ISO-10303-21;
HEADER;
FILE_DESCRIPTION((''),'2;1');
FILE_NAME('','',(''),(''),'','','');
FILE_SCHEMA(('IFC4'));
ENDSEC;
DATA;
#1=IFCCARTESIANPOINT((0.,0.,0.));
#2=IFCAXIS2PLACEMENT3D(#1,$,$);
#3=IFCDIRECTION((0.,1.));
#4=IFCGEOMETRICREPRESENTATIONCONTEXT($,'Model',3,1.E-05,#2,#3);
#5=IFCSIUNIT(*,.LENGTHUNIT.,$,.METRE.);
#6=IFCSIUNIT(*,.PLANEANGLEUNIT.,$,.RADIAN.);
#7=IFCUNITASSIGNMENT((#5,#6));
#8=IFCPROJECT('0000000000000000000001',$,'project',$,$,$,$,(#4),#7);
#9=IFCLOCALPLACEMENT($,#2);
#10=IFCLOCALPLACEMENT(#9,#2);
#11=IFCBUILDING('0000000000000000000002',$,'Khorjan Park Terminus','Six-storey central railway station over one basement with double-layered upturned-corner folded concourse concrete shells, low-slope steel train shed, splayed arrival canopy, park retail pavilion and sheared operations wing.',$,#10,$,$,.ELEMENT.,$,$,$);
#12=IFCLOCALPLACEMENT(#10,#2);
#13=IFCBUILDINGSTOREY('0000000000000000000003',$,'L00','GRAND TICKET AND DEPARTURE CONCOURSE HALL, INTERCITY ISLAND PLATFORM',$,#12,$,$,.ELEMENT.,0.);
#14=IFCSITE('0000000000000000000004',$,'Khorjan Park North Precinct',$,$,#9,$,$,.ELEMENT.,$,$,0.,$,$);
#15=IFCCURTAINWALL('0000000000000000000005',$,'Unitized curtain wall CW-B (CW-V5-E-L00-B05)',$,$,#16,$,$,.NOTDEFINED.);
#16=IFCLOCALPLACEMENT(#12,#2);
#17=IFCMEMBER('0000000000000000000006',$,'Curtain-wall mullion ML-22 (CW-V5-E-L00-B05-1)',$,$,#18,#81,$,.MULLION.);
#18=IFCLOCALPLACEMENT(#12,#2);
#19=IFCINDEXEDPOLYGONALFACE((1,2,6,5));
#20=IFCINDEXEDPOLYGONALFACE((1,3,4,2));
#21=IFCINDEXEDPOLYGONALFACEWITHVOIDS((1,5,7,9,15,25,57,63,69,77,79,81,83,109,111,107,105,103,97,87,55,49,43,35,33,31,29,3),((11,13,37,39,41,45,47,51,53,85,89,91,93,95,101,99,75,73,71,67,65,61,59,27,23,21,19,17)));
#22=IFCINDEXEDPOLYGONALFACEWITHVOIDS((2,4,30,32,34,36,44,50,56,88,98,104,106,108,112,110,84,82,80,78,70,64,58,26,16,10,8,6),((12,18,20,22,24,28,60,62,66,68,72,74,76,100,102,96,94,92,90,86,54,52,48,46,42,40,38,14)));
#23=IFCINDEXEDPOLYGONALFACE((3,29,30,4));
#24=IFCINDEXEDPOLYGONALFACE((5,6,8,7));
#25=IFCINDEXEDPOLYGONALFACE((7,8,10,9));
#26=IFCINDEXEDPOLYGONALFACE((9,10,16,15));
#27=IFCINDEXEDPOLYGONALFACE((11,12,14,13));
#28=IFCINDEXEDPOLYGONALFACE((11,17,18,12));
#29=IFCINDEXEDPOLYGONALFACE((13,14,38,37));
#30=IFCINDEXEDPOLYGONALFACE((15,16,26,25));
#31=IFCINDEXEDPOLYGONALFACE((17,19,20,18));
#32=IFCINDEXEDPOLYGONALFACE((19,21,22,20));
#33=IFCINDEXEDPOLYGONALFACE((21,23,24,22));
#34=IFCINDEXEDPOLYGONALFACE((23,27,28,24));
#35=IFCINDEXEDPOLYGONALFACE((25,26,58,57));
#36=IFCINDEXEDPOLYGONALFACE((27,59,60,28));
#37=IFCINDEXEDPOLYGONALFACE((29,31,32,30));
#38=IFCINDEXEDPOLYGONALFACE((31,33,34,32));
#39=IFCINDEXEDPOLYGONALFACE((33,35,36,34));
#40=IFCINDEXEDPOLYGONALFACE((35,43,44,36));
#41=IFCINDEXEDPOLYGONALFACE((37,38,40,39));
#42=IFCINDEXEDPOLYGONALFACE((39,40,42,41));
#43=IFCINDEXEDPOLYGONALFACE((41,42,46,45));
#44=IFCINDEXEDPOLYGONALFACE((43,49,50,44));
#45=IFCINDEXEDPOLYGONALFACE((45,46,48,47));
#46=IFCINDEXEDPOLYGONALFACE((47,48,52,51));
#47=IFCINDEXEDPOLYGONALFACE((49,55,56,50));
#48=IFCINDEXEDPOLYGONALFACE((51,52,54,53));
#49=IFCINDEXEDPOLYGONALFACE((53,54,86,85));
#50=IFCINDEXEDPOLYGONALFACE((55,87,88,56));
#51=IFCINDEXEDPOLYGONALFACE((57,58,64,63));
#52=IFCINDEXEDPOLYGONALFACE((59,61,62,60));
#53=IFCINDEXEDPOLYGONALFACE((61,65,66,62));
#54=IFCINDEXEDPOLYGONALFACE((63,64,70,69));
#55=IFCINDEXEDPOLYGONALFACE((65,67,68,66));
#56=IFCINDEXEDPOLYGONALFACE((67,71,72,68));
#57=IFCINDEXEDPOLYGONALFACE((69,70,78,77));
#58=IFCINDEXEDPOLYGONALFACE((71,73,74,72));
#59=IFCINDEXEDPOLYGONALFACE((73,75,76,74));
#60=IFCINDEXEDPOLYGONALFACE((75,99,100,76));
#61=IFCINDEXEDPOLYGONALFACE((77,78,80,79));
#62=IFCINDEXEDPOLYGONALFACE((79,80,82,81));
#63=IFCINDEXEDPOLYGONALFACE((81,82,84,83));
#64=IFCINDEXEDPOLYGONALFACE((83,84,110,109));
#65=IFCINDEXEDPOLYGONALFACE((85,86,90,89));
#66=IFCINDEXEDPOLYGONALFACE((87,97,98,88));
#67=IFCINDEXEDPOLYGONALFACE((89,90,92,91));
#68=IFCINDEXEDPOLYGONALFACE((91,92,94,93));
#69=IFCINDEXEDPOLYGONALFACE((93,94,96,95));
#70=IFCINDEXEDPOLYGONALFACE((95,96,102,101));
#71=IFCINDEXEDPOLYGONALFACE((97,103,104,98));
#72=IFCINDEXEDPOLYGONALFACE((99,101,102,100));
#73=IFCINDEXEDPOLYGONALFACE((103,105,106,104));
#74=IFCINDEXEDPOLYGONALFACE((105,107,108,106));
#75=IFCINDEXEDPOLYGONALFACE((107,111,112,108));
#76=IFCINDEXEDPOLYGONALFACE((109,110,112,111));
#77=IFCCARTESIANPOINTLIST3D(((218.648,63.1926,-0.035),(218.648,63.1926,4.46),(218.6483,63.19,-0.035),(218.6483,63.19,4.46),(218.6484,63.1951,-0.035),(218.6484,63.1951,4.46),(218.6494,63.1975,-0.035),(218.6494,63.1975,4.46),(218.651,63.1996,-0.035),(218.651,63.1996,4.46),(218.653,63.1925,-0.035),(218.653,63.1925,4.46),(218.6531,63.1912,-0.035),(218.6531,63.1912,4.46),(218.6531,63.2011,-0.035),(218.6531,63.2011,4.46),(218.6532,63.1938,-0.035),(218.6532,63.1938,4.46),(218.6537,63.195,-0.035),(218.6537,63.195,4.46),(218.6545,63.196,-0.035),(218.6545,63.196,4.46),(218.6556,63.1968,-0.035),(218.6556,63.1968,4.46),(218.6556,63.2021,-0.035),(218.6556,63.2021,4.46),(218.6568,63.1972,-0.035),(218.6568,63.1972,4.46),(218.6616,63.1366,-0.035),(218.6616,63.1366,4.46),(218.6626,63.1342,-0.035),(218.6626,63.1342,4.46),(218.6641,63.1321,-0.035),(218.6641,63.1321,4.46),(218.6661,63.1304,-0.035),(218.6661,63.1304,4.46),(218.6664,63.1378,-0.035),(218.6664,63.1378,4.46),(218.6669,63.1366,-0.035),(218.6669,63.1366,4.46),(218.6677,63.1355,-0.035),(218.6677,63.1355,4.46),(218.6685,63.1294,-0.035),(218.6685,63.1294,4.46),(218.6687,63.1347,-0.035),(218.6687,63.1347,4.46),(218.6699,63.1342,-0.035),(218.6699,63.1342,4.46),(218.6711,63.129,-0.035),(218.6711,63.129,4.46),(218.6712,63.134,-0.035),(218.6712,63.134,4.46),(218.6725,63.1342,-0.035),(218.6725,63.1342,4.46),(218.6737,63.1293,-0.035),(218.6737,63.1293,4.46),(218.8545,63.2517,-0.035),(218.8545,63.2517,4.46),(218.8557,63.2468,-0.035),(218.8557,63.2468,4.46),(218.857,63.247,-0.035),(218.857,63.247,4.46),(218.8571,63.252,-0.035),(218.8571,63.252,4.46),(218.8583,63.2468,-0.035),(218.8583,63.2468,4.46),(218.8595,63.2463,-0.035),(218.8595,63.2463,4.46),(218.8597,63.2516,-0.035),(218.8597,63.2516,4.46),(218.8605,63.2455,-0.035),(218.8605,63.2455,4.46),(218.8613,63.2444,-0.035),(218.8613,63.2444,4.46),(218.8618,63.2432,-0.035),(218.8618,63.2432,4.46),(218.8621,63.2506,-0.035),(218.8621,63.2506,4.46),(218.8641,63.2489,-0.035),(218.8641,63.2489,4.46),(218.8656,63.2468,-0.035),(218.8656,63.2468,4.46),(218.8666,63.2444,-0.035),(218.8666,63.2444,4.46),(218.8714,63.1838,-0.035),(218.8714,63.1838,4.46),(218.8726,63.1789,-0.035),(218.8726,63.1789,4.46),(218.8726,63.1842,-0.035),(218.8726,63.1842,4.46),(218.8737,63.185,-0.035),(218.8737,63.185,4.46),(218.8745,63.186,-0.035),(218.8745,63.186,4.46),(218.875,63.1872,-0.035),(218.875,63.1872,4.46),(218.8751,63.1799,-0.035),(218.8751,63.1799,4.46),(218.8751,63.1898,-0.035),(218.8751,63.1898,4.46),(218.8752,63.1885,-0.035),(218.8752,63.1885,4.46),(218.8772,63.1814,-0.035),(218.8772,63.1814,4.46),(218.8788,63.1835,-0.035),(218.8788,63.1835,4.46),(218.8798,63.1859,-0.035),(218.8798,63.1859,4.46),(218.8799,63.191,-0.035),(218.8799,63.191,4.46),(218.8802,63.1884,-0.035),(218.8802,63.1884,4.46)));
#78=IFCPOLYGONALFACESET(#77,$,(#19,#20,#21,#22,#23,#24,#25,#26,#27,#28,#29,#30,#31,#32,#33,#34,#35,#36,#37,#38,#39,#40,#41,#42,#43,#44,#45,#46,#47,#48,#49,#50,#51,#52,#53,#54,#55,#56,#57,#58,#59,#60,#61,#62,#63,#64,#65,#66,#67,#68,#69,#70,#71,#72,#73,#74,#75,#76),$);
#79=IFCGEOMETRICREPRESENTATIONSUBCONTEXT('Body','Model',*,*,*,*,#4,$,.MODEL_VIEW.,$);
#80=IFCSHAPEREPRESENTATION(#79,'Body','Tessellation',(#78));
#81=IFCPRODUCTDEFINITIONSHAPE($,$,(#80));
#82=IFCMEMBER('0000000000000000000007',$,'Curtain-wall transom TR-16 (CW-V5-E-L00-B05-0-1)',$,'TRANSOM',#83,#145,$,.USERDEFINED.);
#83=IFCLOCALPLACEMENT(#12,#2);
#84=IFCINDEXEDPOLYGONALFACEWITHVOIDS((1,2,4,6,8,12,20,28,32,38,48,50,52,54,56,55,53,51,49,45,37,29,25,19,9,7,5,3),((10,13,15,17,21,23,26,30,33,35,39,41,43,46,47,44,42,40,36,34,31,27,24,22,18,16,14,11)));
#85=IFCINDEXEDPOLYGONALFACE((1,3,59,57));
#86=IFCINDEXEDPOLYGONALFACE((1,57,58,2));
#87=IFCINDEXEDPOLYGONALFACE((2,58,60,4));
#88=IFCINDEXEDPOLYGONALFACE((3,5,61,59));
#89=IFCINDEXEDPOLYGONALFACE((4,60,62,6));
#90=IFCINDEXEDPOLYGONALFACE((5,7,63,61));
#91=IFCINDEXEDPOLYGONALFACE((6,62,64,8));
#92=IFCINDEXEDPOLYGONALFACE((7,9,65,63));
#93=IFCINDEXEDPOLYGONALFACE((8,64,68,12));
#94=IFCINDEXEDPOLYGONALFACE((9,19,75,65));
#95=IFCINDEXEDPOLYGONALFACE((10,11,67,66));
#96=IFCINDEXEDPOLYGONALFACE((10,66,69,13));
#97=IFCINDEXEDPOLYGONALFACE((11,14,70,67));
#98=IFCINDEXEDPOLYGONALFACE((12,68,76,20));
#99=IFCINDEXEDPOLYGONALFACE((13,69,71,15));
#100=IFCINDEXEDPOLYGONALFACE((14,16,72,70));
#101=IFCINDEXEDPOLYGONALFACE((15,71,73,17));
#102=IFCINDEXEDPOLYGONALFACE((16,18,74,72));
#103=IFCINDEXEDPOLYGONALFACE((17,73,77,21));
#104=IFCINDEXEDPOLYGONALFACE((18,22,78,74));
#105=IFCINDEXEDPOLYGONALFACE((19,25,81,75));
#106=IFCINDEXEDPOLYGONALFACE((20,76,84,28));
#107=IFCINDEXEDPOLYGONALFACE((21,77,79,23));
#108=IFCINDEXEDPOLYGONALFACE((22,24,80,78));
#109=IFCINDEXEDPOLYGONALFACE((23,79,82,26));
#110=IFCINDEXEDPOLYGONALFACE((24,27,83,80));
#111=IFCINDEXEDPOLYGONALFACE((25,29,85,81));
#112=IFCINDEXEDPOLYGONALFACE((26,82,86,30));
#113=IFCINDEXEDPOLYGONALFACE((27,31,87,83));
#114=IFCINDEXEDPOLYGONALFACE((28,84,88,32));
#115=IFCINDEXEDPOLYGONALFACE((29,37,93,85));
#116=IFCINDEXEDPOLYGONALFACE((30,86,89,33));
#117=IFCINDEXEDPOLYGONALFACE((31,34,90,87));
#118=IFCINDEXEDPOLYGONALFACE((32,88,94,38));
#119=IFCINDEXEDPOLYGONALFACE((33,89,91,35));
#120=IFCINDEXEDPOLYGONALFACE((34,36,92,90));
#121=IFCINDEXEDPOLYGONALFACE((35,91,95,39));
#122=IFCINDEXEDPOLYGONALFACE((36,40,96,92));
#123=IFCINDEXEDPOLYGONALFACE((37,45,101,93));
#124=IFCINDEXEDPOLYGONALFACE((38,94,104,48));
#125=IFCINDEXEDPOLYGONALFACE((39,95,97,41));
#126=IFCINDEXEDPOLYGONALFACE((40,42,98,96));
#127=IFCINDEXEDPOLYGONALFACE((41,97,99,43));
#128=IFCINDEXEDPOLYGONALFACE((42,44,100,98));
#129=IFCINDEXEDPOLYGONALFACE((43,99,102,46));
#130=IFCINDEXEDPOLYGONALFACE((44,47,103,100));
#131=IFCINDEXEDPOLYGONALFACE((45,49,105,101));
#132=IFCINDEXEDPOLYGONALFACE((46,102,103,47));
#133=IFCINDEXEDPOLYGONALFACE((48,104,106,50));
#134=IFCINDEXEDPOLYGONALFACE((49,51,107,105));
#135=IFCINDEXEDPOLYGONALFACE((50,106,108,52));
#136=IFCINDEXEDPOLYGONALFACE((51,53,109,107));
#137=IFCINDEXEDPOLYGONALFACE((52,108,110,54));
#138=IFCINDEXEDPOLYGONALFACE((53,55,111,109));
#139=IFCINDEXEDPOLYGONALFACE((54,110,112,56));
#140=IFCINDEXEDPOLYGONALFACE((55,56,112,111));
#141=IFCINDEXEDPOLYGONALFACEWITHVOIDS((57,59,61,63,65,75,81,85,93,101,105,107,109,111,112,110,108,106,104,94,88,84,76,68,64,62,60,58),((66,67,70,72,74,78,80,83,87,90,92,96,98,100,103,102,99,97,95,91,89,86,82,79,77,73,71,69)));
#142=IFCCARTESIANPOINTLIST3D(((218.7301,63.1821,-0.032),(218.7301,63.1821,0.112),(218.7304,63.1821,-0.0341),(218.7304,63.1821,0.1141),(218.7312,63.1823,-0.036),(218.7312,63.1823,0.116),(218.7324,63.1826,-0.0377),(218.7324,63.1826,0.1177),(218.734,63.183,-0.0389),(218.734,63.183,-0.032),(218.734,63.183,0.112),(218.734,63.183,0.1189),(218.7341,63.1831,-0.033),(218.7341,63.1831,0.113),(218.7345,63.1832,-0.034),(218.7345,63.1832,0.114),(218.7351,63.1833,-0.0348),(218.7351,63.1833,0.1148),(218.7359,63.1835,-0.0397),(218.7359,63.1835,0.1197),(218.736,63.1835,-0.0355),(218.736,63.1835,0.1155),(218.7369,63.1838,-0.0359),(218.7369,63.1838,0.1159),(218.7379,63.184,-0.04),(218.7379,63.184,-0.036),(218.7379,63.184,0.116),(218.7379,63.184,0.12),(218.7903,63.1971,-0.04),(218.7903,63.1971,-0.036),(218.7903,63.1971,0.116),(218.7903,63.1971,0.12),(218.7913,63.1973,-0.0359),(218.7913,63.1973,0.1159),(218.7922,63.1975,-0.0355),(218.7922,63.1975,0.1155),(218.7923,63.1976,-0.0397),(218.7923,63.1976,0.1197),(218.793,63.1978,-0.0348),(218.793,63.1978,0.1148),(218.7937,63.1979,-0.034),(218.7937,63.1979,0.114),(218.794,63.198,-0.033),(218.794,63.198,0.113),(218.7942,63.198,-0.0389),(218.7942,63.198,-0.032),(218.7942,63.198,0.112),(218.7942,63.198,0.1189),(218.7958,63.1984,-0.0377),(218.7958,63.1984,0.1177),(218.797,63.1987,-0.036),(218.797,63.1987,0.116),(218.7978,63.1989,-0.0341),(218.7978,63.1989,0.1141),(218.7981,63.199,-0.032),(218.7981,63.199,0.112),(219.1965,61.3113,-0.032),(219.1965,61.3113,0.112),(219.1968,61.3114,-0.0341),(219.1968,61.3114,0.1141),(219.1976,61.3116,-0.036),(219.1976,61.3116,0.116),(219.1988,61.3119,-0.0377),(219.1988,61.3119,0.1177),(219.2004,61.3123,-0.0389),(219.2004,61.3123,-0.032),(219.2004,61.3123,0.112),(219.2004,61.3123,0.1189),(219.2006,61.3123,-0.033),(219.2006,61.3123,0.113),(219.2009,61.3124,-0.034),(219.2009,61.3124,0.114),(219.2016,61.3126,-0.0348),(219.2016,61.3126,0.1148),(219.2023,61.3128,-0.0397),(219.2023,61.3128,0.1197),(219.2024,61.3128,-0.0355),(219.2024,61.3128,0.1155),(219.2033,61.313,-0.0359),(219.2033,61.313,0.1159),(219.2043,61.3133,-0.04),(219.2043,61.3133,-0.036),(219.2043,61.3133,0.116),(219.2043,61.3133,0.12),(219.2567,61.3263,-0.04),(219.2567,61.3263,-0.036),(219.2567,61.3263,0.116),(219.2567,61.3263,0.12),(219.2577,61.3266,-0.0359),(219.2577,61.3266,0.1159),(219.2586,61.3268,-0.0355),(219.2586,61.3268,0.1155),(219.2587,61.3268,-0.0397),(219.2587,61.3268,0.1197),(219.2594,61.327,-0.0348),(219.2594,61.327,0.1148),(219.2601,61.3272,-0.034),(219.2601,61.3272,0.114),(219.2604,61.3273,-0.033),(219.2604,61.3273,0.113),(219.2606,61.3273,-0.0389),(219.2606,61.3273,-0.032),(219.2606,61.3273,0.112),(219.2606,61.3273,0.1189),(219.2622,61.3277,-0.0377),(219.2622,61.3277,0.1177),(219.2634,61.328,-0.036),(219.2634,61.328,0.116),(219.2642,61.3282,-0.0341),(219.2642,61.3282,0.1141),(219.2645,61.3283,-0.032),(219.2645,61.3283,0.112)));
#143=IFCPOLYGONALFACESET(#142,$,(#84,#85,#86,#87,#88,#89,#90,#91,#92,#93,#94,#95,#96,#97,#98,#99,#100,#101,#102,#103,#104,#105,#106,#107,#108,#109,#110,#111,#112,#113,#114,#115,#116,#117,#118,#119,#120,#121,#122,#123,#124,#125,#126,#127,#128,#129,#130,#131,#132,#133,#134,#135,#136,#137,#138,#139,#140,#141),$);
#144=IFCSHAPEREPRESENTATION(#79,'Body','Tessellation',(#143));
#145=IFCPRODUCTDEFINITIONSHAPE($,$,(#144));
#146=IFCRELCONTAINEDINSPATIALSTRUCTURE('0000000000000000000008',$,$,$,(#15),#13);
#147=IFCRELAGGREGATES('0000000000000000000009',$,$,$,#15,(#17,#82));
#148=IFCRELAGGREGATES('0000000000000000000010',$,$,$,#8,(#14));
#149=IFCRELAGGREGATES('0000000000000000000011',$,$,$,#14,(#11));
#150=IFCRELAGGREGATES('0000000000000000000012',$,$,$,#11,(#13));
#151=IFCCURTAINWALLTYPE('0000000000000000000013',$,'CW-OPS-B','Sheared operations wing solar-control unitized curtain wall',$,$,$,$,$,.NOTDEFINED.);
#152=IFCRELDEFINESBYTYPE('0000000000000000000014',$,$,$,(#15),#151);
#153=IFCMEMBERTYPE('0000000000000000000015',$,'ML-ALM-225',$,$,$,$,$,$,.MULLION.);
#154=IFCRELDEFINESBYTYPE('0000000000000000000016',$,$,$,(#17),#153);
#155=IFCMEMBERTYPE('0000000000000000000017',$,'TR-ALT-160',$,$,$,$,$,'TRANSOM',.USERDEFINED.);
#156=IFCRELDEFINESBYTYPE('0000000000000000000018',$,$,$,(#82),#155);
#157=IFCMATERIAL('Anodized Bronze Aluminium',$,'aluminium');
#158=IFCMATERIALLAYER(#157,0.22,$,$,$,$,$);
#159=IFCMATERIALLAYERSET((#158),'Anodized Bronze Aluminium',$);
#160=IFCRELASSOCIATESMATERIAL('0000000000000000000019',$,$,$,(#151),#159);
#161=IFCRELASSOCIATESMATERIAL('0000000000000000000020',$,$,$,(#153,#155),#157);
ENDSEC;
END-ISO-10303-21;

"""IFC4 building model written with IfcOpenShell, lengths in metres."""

from ifc_helpers import new_model, si_unit, direction, frame, origin, origin_2d, place, context, subcontext, project, spatial, hollow_rectangle, extrude, material, layer, layer_set, material_profile, profile_set, type_object, element, aggregate, save


model = new_model("IFC4")

# Units and contexts
model_context = context("Model", 3, precision=1e-05, world=origin(), true_north=direction((0.0, 1.0)))
body_context = subcontext(model_context, "Body", "Model", "MODEL_VIEW")
ifc_project = project(units=[si_unit("LENGTHUNIT", "METRE"), si_unit("PLANEANGLEUNIT", "RADIAN")], contexts=[model_context])

# Site, building, storey
site_placement = place(None, origin())
site = spatial("IfcSite", under=ifc_project, at=site_placement, Name="Khorjan Park North Precinct", CompositionType="ELEMENT", RefElevation=0.0)
building_placement = place(site_placement, origin())
building = spatial("IfcBuilding", under=site, at=building_placement, Name="Khorjan Park Terminus", Description="Six-storey central railway station over one basement with double-layered upturned-corner folded concourse concrete shells, low-slope steel train shed, splayed arrival canopy, park retail pavilion and sheared operations wing.", CompositionType="ELEMENT")
storey_placement = place(building_placement, origin())
storey = spatial("IfcBuildingStorey", under=building, at=storey_placement, Name="L00", Description="GRAND TICKET AND DEPARTURE CONCOURSE HALL, INTERCITY ISLAND PLATFORM", CompositionType="ELEMENT", Elevation=0.0)

# Curtain wall, members
ifc_material_1 = material(Name="Anodized Bronze Aluminium", Category="aluminium")
ifc_layer_1 = layer(ifc_material_1, 0.22)
ifc_layer_set_1 = layer_set([ifc_layer_1], Name="Anodized Bronze Aluminium")
curtain_wall_type = type_object("IfcCurtainWallType", Name="CW-OPS-B", Description="Sheared operations wing solar-control unitized curtain wall", PredefinedType="NOTDEFINED", material=ifc_layer_set_1)
curtain_wall_placement = place(storey_placement, origin())
curtain_wall = element("IfcCurtainWall", 1, at=curtain_wall_placement, inside=storey, type_object=curtain_wall_type, Name="Unitized curtain wall CW-B (CW-V5-E-L00-B05)", PredefinedType="NOTDEFINED")
ifc_material_profile_1 = material_profile(ifc_material_1, hollow_rectangle(XDim=0.075, YDim=0.225, WallThickness=0.005, InnerFilletRadius=0.005, OuterFilletRadius=0.01, at=origin_2d()), Name="ALM 75x225x5")
ifc_profile_set_1 = profile_set([ifc_material_profile_1], Name="Anodized Bronze Aluminium")
member_type_1 = type_object("IfcMemberType", Name="ML-ALM-225", PredefinedType="MULLION", material=ifc_profile_set_1)
member_1_placement = place(storey_placement, frame((218.7641, 63.1905, -0.035), z_axis=(0.0, 0.0, 1.0), x_axis=(-0.241935, 0.970292, 0.0)))
member_1 = element("IfcMember", 2, at=member_1_placement, type_object=member_type_1, Name="Curtain-wall mullion ML-22 (CW-V5-E-L00-B05-1)", PredefinedType="MULLION", context=body_context, shape_type="SweptSolid", body=[
    extrude(hollow_rectangle(XDim=0.075, YDim=0.225, WallThickness=0.005, InnerFilletRadius=0.005, OuterFilletRadius=0.01, at=origin_2d()), origin(), (0.0, 0.0, 1.0), 4.495),
])
ifc_material_profile_2 = material_profile(ifc_material_1, hollow_rectangle(XDim=0.07, YDim=0.16, WallThickness=0.004, InnerFilletRadius=0.004, OuterFilletRadius=0.008, at=origin_2d()), Name="ALT 70x160x4")
ifc_profile_set_2 = profile_set([ifc_material_profile_2], Name="Anodized Bronze Aluminium")
member_type_2 = type_object("IfcMemberType", Name="TR-ALT-160", ElementType="TRANSOM", PredefinedType="USERDEFINED", material=ifc_profile_set_2)
member_2_placement = place(storey_placement, frame((219.2305, 61.3198, 0.04), z_axis=(-0.241913, 0.970298, 0.0), x_axis=(-0.970298, -0.241913, 0.0)))
member_2 = element("IfcMember", 3, at=member_2_placement, type_object=member_type_2, Name="Curtain-wall transom TR-16 (CW-V5-E-L00-B05-0-1)", ObjectType="TRANSOM", PredefinedType="USERDEFINED", context=body_context, shape_type="SweptSolid", body=[
    extrude(hollow_rectangle(XDim=0.07, YDim=0.16, WallThickness=0.004, InnerFilletRadius=0.004, OuterFilletRadius=0.008, at=origin_2d()), origin(), (0.0, 0.0, 1.0), 1.928),
])
aggregate(curtain_wall, [member_1, member_2])

save(model, "model.ifc")
